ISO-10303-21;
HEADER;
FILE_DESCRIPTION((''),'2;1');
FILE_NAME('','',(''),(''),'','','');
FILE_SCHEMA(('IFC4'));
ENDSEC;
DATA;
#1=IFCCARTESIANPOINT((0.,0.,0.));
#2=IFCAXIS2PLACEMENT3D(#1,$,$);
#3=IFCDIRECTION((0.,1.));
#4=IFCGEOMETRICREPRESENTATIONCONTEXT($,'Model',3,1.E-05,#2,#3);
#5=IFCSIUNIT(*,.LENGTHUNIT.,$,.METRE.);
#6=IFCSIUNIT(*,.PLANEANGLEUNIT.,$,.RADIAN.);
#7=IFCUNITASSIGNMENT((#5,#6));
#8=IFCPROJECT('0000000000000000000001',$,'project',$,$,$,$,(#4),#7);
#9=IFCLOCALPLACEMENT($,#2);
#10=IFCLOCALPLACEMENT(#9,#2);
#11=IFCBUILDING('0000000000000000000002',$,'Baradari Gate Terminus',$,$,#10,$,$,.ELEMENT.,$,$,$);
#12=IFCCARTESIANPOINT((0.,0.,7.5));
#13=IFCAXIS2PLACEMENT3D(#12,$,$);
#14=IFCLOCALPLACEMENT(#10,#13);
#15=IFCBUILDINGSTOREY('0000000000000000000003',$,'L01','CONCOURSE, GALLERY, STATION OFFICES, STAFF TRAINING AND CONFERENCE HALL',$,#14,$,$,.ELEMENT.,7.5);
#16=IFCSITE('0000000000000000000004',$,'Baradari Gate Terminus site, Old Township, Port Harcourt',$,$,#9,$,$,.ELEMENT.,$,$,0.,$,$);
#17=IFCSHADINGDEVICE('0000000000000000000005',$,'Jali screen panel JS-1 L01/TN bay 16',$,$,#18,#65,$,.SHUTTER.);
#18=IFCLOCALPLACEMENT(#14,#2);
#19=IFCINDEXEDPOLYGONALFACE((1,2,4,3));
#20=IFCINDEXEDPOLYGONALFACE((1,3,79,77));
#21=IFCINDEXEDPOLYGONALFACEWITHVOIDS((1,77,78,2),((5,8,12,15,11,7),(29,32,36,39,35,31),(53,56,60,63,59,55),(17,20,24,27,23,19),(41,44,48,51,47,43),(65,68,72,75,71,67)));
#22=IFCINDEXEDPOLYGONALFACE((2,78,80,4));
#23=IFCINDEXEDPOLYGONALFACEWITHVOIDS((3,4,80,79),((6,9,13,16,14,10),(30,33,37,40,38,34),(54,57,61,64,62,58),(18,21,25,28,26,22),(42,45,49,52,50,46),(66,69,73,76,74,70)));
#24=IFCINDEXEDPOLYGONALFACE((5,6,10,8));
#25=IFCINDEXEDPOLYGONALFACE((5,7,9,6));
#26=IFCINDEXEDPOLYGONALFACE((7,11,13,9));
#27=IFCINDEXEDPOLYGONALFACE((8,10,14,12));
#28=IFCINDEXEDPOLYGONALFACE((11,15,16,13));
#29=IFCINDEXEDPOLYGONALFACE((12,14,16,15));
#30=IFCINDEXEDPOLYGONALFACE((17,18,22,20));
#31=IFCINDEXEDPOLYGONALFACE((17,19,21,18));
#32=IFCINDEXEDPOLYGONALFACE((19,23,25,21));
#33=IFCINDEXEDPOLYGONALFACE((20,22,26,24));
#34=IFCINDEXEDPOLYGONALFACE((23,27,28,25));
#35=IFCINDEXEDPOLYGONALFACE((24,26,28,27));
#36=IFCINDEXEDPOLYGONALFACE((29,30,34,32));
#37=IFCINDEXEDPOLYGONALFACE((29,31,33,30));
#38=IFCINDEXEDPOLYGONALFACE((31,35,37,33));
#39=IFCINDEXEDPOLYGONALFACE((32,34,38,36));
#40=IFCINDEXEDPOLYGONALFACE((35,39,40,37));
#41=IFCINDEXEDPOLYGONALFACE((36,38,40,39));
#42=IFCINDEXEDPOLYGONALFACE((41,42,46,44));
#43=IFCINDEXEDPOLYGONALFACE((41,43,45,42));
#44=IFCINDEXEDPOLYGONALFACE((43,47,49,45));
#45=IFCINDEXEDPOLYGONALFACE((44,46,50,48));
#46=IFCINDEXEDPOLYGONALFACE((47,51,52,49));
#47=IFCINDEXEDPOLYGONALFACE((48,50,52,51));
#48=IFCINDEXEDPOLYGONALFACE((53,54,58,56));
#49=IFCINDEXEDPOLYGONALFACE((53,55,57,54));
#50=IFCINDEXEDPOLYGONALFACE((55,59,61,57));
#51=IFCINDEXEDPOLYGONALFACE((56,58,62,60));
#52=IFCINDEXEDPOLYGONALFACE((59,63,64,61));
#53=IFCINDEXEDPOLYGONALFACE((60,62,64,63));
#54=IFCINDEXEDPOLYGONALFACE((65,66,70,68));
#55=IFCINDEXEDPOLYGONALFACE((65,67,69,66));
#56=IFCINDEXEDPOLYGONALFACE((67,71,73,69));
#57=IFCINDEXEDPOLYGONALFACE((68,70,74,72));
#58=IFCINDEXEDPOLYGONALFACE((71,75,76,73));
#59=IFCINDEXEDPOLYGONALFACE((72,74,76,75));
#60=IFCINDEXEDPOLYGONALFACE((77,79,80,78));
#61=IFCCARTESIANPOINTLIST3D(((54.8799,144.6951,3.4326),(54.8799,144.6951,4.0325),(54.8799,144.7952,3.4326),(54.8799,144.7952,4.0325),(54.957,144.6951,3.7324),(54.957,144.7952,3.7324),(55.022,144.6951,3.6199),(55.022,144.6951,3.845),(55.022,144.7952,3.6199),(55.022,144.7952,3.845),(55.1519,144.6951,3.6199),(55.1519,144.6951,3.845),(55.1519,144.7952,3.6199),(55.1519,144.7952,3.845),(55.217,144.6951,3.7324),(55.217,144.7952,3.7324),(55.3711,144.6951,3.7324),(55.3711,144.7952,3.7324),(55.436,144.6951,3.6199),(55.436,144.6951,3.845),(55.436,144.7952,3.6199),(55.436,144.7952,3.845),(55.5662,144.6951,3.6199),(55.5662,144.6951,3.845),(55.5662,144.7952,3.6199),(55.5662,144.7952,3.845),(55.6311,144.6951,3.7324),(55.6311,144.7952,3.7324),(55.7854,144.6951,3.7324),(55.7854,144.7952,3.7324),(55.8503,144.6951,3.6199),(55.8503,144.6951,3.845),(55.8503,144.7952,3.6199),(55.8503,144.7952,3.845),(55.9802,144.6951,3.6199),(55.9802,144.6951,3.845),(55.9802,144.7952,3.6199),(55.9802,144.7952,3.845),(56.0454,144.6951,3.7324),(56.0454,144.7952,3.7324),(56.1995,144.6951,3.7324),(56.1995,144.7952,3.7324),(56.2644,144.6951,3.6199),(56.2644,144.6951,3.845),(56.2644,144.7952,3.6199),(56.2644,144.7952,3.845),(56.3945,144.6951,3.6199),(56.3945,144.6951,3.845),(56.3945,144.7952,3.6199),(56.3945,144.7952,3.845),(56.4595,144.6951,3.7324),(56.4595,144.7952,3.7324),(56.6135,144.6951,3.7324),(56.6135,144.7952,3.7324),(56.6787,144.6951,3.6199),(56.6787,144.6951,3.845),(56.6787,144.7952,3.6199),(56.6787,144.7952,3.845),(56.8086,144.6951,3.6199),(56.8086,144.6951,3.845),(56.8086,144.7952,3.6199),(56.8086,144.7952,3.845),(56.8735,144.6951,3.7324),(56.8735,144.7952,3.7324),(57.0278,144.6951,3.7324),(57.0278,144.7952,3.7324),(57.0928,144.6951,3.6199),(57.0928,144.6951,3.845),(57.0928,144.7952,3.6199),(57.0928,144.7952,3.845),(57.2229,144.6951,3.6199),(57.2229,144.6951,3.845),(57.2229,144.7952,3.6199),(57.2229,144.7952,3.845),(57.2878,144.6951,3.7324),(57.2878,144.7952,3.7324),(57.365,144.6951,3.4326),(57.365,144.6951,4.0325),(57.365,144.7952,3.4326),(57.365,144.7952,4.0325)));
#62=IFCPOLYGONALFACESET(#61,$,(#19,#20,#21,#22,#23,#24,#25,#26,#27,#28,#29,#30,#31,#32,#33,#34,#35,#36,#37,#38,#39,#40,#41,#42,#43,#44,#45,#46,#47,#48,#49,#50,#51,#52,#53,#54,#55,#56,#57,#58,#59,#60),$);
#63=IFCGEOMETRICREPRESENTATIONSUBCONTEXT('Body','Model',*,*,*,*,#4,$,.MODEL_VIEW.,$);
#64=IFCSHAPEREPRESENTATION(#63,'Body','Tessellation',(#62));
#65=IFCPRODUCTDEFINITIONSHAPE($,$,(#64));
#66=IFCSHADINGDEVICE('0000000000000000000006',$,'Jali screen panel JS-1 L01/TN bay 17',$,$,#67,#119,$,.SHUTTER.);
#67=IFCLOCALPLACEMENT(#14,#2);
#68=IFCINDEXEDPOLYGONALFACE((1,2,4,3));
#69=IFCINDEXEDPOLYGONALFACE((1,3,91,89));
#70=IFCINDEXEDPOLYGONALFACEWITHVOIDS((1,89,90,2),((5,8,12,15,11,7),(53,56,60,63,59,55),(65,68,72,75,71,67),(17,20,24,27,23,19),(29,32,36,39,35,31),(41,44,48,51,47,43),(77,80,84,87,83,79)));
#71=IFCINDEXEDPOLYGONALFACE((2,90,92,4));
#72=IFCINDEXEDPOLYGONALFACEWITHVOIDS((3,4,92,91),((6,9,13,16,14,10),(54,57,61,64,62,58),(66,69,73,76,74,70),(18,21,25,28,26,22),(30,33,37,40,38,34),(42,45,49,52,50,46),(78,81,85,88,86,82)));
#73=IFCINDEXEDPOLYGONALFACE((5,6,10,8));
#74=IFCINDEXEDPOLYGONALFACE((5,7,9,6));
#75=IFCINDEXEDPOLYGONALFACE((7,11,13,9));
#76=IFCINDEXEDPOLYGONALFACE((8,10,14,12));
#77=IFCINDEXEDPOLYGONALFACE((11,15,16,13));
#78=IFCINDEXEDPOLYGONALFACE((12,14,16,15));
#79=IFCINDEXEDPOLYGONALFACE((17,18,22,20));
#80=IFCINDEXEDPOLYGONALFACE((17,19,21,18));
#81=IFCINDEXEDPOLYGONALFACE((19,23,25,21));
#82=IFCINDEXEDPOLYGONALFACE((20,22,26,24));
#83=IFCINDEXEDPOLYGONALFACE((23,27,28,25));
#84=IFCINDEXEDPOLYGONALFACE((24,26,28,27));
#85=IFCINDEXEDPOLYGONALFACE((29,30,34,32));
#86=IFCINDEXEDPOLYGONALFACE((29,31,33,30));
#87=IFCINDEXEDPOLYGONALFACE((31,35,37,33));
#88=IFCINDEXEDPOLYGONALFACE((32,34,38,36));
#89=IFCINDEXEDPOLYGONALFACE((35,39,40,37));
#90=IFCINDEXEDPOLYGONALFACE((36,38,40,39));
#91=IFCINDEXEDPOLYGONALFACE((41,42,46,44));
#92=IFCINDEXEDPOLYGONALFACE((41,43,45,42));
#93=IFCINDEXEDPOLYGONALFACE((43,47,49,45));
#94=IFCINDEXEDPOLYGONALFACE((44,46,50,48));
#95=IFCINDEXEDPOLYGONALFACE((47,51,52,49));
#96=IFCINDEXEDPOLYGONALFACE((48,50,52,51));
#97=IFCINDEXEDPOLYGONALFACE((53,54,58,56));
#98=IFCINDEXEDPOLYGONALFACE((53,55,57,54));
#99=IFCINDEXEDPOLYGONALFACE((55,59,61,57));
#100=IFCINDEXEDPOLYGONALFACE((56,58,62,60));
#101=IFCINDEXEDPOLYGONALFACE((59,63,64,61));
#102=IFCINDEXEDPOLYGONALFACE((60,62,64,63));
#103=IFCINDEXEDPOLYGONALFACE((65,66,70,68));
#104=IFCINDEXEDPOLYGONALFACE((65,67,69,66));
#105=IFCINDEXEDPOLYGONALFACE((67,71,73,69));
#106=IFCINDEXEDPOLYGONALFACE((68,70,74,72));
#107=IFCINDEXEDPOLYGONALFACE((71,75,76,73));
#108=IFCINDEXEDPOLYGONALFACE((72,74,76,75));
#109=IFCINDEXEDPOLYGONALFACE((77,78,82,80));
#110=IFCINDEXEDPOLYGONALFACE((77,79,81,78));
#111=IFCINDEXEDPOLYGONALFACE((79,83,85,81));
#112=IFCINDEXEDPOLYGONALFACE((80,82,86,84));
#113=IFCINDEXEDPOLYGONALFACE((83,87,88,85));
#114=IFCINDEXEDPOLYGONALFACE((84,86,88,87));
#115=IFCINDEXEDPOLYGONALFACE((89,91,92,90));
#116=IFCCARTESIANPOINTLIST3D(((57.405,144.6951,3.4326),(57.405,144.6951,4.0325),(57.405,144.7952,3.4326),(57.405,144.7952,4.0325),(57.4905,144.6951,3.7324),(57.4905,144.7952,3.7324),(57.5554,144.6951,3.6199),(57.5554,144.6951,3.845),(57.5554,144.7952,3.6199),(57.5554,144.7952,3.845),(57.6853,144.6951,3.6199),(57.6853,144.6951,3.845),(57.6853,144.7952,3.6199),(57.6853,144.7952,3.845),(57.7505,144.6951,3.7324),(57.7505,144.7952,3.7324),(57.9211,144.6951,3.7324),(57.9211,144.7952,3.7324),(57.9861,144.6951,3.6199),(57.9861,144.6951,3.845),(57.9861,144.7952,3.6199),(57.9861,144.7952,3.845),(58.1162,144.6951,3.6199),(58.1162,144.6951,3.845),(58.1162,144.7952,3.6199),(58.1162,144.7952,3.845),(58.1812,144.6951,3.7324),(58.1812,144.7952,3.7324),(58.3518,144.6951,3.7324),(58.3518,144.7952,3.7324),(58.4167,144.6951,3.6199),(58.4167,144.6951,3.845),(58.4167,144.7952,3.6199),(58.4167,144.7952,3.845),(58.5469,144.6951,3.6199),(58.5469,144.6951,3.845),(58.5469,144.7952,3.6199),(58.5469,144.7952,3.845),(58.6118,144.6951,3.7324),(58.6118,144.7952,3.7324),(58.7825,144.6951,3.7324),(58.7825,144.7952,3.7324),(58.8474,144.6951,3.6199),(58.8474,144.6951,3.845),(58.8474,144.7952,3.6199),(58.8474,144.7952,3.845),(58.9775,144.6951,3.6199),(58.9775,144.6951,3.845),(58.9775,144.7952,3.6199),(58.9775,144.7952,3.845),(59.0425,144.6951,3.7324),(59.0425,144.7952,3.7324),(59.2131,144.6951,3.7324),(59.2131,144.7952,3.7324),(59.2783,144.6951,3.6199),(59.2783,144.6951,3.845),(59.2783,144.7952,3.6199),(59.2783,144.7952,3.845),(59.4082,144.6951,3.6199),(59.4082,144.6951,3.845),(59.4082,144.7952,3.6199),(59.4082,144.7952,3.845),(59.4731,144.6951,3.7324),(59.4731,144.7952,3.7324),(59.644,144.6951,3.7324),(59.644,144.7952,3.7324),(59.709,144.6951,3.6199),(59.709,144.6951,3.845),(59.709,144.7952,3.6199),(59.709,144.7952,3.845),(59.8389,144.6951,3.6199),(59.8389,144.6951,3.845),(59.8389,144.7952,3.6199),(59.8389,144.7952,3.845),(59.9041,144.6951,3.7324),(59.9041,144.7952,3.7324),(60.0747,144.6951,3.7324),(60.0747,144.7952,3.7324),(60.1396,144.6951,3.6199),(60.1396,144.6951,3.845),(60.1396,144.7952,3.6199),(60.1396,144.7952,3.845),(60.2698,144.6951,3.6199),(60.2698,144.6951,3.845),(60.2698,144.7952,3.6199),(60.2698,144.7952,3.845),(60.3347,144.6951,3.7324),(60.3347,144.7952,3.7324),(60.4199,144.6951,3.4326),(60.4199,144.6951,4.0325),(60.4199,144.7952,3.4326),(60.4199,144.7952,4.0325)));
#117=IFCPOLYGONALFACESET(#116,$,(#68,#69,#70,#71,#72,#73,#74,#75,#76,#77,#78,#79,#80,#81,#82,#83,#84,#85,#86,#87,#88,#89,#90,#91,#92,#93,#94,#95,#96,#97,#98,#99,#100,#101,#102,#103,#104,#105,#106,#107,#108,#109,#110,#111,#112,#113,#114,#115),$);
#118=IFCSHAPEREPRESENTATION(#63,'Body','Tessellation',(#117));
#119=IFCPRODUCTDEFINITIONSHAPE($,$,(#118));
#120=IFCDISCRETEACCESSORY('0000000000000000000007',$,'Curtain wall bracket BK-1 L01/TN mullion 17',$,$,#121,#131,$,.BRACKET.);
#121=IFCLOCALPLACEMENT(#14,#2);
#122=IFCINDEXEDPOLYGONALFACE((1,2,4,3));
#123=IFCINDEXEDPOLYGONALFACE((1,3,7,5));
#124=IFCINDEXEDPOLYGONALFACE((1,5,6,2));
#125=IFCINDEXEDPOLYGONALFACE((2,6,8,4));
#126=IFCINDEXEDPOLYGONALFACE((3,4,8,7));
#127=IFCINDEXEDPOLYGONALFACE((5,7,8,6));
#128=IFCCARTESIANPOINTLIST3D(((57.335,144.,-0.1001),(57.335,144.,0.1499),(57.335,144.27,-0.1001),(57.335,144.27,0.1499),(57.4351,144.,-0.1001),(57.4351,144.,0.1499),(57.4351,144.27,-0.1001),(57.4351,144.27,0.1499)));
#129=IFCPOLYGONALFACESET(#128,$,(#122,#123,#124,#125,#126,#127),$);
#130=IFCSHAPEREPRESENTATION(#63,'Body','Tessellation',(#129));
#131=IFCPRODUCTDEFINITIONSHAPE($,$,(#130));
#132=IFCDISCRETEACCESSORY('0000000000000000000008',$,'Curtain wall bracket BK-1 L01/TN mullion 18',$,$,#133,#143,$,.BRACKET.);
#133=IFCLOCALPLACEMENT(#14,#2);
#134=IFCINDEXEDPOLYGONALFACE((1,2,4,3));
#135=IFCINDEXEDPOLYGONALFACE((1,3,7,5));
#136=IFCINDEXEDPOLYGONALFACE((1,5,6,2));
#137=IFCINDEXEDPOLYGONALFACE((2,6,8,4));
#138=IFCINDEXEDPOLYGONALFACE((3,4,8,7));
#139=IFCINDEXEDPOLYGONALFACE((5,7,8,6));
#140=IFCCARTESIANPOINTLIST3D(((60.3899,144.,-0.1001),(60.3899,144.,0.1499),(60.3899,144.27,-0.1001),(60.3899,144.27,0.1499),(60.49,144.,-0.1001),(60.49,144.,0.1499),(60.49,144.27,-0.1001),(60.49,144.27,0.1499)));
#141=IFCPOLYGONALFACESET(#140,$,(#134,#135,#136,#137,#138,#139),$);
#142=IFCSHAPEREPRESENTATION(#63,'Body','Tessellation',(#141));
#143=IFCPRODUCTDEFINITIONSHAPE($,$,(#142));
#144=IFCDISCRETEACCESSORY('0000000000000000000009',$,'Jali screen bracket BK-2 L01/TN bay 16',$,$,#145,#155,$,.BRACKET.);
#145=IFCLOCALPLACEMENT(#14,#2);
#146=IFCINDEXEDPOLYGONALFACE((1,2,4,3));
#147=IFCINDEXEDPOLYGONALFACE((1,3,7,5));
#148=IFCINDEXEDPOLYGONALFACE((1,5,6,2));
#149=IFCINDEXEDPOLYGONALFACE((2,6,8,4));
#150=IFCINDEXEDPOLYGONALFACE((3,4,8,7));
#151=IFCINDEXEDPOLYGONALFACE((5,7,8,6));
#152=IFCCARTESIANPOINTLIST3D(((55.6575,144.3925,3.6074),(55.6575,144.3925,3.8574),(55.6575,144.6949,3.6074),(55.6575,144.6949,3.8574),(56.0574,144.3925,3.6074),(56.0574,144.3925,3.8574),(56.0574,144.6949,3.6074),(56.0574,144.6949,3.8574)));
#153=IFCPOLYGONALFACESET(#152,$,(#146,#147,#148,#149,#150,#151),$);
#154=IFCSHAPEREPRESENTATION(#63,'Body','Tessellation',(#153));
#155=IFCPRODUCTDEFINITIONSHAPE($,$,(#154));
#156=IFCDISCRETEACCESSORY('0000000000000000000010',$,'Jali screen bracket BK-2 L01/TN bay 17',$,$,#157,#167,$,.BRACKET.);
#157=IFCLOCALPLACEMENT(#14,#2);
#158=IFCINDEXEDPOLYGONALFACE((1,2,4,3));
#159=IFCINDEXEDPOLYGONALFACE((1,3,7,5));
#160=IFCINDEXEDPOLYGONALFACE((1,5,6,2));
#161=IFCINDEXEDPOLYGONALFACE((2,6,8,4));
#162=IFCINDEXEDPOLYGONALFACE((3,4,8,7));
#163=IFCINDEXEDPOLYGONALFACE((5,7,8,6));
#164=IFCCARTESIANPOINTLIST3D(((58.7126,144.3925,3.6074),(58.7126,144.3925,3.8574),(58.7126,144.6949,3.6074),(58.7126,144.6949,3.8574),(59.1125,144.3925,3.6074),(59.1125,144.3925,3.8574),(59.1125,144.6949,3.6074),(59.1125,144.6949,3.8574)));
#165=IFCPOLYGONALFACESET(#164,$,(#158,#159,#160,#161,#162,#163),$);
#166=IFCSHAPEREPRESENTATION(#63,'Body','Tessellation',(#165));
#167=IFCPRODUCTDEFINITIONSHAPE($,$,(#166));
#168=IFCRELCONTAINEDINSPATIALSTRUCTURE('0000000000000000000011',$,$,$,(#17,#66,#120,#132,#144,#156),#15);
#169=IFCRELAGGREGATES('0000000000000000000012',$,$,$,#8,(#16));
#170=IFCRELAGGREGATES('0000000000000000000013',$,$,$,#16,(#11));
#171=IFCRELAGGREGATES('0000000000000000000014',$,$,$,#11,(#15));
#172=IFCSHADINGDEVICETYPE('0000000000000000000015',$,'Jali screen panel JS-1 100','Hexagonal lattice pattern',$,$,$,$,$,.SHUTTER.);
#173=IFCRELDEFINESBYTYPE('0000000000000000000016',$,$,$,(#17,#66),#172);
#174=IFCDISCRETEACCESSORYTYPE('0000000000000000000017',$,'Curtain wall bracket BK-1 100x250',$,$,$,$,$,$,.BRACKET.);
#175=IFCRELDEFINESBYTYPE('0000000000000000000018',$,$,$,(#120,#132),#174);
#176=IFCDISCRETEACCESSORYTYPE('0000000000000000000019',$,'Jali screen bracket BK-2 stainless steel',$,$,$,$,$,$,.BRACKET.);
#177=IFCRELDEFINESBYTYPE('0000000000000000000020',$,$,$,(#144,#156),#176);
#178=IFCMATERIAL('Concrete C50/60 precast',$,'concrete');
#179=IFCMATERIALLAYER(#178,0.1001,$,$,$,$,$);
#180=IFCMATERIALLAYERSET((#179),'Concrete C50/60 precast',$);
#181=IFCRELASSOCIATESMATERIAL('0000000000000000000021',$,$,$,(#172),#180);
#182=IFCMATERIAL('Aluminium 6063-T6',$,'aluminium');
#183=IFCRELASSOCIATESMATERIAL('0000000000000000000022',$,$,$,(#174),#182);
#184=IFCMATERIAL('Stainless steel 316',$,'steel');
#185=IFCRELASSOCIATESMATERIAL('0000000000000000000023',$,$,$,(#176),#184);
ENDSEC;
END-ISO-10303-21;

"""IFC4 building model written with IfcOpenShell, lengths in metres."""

from ifc_helpers import new_model, si_unit, direction, frame, origin, origin_2d, place, context, subcontext, project, spatial, polyline, rectangle, outline, extrude, material, layer, layer_set, type_object, element, save


model = new_model("IFC4")

# Units and contexts
model_context = context("Model", 3, precision=1e-05, world=origin(), true_north=direction((0.0, 1.0)))
body_context = subcontext(model_context, "Body", "Model", "MODEL_VIEW")
ifc_project = project(units=[si_unit("LENGTHUNIT", "METRE"), si_unit("PLANEANGLEUNIT", "RADIAN")], contexts=[model_context])

# Site, building, storey
site_placement = place(None, origin())
site = spatial("IfcSite", under=ifc_project, at=site_placement, Name="Baradari Gate Terminus site, Old Township, Port Harcourt", CompositionType="ELEMENT", RefElevation=0.0)
building_placement = place(site_placement, origin())
building = spatial("IfcBuilding", under=site, at=building_placement, Name="Baradari Gate Terminus", CompositionType="ELEMENT")
storey_placement = place(building_placement, frame((0.0, 0.0, 7.5)))
storey = spatial("IfcBuildingStorey", under=building, at=storey_placement, Name="L01", Description="CONCOURSE, GALLERY, STATION OFFICES, STAFF TRAINING AND CONFERENCE HALL", CompositionType="ELEMENT", Elevation=7.5)

# Shading devices
ifc_material_1 = material(Name="Concrete C50/60 precast", Category="concrete")
ifc_layer_1 = layer(ifc_material_1, 0.1001)
ifc_layer_set_1 = layer_set([ifc_layer_1], Name="Concrete C50/60 precast")
shading_device_type = type_object("IfcShadingDeviceType", Name="Jali screen panel JS-1 100", Description="Hexagonal lattice pattern", PredefinedType="SHUTTER", material=ifc_layer_set_1)
shading_device_1_placement = place(storey_placement, frame((54.8799, 144.7451, 3.4326), z_axis=(0.0, 0.0, 1.0), x_axis=(1.0, 0.0, 0.0)))
element("IfcShadingDevice", 1, at=shading_device_1_placement, inside=storey, type_object=shading_device_type, Name="Jali screen panel JS-1 L01/TN bay 16", PredefinedType="SHUTTER", context=body_context, shape_type="SweptSolid", body=[
    extrude(outline(polyline([(0.0, 0.0), (2.4851, 0.0), (2.4851, 0.5999), (0.0, 0.5999), (0.0, 0.0)]), holes=[polyline([(0.3372, 0.2998), (0.272, 0.1873), (0.1421, 0.1873), (0.0771, 0.2998), (0.1421, 0.4124), (0.272, 0.4124), (0.3372, 0.2998)]), polyline([(0.7512, 0.2998), (0.6863, 0.1873), (0.5562, 0.1873), (0.4912, 0.2998), (0.5562, 0.4124), (0.6863, 0.4124), (0.7512, 0.2998)]), polyline([(1.1655, 0.2998), (1.1003, 0.1873), (0.9705, 0.1873), (0.9055, 0.2998), (0.9705, 0.4124), (1.1003, 0.4124), (1.1655, 0.2998)]), polyline([(1.5796, 0.2998), (1.5146, 0.1873), (1.3845, 0.1873), (1.3196, 0.2998), (1.3845, 0.4124), (1.5146, 0.4124), (1.5796, 0.2998)]), polyline([(1.9937, 0.2998), (1.9287, 0.1873), (1.7988, 0.1873), (1.7336, 0.2998), (1.7988, 0.4124), (1.9287, 0.4124), (1.9937, 0.2998)]), polyline([(2.408, 0.2998), (2.343, 0.1873), (2.2129, 0.1873), (2.1479, 0.2998), (2.2129, 0.4124), (2.343, 0.4124), (2.408, 0.2998)])]), frame((0.0, 0.05, 0.0), z_axis=(0.0, -1.0, 0.0), x_axis=(1.0, 0.0, 0.0)), (0.0, 0.0, 1.0), 0.1001),
])
shading_device_2_placement = place(storey_placement, frame((57.405, 144.7451, 3.4326), z_axis=(0.0, 0.0, 1.0), x_axis=(1.0, 0.0, 0.0)))
element("IfcShadingDevice", 2, at=shading_device_2_placement, inside=storey, type_object=shading_device_type, Name="Jali screen panel JS-1 L01/TN bay 17", PredefinedType="SHUTTER", context=body_context, shape_type="SweptSolid", body=[
    extrude(outline(polyline([(0.0, 0.0), (3.0149, 0.0), (3.0149, 0.5999), (0.0, 0.5999), (0.0, 0.0)]), holes=[polyline([(0.3455, 0.2998), (0.2803, 0.1873), (0.1504, 0.1873), (0.0854, 0.2998), (0.1504, 0.4124), (0.2803, 0.4124), (0.3455, 0.2998)]), polyline([(0.7761, 0.2998), (0.7112, 0.1873), (0.5811, 0.1873), (0.5161, 0.2998), (0.5811, 0.4124), (0.7112, 0.4124), (0.7761, 0.2998)]), polyline([(1.2068, 0.2998), (1.1418, 0.1873), (1.0117, 0.1873), (0.9468, 0.2998), (1.0117, 0.4124), (1.1418, 0.4124), (1.2068, 0.2998)]), polyline([(1.6375, 0.2998), (1.5725, 0.1873), (1.4424, 0.1873), (1.3774, 0.2998), (1.4424, 0.4124), (1.5725, 0.4124), (1.6375, 0.2998)]), polyline([(2.0681, 0.2998), (2.0032, 0.1873), (1.8733, 0.1873), (1.8081, 0.2998), (1.8733, 0.4124), (2.0032, 0.4124), (2.0681, 0.2998)]), polyline([(2.499, 0.2998), (2.4338, 0.1873), (2.304, 0.1873), (2.239, 0.2998), (2.304, 0.4124), (2.4338, 0.4124), (2.499, 0.2998)]), polyline([(2.9297, 0.2998), (2.8647, 0.1873), (2.7346, 0.1873), (2.6697, 0.2998), (2.7346, 0.4124), (2.8647, 0.4124), (2.9297, 0.2998)])]), frame((0.0, 0.05, 0.0), z_axis=(0.0, -1.0, 0.0), x_axis=(1.0, 0.0, 0.0)), (0.0, 0.0, 1.0), 0.1001),
])

# Discrete accessories
ifc_material_2 = material(Name="Aluminium 6063-T6", Category="aluminium")
discrete_accessory_type_1 = type_object("IfcDiscreteAccessoryType", Name="Curtain wall bracket BK-1 100x250", PredefinedType="BRACKET", material=ifc_material_2)
for number, where, z_axis, x_axis, name in (
    (3, (57.385, 144.135, -0.1001), (0.0, 0.0, 1.0), (0.0, 1.0, 0.0), "Curtain wall bracket BK-1 L01/TN mullion 17"),
    (4, (60.4399, 144.135, -0.1001), (0.0, 0.0, 1.0), (0.0, 1.0, 0.0), "Curtain wall bracket BK-1 L01/TN mullion 18"),
):
    element("IfcDiscreteAccessory", number, at=place(storey_placement, frame(where, z_axis=z_axis, x_axis=x_axis)), inside=storey, type_object=discrete_accessory_type_1, Name=name, PredefinedType="BRACKET", context=body_context, shape_type="SweptSolid", body=[
        extrude(rectangle(XDim=0.27, YDim=0.1001, at=origin_2d()), origin(), (0.0, 0.0, 1.0), 0.25),
    ])
ifc_material_3 = material(Name="Stainless steel 316", Category="steel")
discrete_accessory_type_2 = type_object("IfcDiscreteAccessoryType", Name="Jali screen bracket BK-2 stainless steel", PredefinedType="BRACKET", material=ifc_material_3)
for number, where, z_axis, x_axis, name in (
    (5, (55.8574, 144.5437, 3.6074), (0.0, 0.0, 1.0), (0.0, 1.0, 0.0), "Jali screen bracket BK-2 L01/TN bay 16"),
    (6, (58.9126, 144.5437, 3.6074), (0.0, 0.0, 1.0), (0.0, 1.0, 0.0), "Jali screen bracket BK-2 L01/TN bay 17"),
):
    element("IfcDiscreteAccessory", number, at=place(storey_placement, frame(where, z_axis=z_axis, x_axis=x_axis)), inside=storey, type_object=discrete_accessory_type_2, Name=name, PredefinedType="BRACKET", context=body_context, shape_type="SweptSolid", body=[
        extrude(rectangle(XDim=0.3025, YDim=0.3999, at=origin_2d()), origin(), (0.0, 0.0, 1.0), 0.25),
    ])

save(model, "model.ifc")
